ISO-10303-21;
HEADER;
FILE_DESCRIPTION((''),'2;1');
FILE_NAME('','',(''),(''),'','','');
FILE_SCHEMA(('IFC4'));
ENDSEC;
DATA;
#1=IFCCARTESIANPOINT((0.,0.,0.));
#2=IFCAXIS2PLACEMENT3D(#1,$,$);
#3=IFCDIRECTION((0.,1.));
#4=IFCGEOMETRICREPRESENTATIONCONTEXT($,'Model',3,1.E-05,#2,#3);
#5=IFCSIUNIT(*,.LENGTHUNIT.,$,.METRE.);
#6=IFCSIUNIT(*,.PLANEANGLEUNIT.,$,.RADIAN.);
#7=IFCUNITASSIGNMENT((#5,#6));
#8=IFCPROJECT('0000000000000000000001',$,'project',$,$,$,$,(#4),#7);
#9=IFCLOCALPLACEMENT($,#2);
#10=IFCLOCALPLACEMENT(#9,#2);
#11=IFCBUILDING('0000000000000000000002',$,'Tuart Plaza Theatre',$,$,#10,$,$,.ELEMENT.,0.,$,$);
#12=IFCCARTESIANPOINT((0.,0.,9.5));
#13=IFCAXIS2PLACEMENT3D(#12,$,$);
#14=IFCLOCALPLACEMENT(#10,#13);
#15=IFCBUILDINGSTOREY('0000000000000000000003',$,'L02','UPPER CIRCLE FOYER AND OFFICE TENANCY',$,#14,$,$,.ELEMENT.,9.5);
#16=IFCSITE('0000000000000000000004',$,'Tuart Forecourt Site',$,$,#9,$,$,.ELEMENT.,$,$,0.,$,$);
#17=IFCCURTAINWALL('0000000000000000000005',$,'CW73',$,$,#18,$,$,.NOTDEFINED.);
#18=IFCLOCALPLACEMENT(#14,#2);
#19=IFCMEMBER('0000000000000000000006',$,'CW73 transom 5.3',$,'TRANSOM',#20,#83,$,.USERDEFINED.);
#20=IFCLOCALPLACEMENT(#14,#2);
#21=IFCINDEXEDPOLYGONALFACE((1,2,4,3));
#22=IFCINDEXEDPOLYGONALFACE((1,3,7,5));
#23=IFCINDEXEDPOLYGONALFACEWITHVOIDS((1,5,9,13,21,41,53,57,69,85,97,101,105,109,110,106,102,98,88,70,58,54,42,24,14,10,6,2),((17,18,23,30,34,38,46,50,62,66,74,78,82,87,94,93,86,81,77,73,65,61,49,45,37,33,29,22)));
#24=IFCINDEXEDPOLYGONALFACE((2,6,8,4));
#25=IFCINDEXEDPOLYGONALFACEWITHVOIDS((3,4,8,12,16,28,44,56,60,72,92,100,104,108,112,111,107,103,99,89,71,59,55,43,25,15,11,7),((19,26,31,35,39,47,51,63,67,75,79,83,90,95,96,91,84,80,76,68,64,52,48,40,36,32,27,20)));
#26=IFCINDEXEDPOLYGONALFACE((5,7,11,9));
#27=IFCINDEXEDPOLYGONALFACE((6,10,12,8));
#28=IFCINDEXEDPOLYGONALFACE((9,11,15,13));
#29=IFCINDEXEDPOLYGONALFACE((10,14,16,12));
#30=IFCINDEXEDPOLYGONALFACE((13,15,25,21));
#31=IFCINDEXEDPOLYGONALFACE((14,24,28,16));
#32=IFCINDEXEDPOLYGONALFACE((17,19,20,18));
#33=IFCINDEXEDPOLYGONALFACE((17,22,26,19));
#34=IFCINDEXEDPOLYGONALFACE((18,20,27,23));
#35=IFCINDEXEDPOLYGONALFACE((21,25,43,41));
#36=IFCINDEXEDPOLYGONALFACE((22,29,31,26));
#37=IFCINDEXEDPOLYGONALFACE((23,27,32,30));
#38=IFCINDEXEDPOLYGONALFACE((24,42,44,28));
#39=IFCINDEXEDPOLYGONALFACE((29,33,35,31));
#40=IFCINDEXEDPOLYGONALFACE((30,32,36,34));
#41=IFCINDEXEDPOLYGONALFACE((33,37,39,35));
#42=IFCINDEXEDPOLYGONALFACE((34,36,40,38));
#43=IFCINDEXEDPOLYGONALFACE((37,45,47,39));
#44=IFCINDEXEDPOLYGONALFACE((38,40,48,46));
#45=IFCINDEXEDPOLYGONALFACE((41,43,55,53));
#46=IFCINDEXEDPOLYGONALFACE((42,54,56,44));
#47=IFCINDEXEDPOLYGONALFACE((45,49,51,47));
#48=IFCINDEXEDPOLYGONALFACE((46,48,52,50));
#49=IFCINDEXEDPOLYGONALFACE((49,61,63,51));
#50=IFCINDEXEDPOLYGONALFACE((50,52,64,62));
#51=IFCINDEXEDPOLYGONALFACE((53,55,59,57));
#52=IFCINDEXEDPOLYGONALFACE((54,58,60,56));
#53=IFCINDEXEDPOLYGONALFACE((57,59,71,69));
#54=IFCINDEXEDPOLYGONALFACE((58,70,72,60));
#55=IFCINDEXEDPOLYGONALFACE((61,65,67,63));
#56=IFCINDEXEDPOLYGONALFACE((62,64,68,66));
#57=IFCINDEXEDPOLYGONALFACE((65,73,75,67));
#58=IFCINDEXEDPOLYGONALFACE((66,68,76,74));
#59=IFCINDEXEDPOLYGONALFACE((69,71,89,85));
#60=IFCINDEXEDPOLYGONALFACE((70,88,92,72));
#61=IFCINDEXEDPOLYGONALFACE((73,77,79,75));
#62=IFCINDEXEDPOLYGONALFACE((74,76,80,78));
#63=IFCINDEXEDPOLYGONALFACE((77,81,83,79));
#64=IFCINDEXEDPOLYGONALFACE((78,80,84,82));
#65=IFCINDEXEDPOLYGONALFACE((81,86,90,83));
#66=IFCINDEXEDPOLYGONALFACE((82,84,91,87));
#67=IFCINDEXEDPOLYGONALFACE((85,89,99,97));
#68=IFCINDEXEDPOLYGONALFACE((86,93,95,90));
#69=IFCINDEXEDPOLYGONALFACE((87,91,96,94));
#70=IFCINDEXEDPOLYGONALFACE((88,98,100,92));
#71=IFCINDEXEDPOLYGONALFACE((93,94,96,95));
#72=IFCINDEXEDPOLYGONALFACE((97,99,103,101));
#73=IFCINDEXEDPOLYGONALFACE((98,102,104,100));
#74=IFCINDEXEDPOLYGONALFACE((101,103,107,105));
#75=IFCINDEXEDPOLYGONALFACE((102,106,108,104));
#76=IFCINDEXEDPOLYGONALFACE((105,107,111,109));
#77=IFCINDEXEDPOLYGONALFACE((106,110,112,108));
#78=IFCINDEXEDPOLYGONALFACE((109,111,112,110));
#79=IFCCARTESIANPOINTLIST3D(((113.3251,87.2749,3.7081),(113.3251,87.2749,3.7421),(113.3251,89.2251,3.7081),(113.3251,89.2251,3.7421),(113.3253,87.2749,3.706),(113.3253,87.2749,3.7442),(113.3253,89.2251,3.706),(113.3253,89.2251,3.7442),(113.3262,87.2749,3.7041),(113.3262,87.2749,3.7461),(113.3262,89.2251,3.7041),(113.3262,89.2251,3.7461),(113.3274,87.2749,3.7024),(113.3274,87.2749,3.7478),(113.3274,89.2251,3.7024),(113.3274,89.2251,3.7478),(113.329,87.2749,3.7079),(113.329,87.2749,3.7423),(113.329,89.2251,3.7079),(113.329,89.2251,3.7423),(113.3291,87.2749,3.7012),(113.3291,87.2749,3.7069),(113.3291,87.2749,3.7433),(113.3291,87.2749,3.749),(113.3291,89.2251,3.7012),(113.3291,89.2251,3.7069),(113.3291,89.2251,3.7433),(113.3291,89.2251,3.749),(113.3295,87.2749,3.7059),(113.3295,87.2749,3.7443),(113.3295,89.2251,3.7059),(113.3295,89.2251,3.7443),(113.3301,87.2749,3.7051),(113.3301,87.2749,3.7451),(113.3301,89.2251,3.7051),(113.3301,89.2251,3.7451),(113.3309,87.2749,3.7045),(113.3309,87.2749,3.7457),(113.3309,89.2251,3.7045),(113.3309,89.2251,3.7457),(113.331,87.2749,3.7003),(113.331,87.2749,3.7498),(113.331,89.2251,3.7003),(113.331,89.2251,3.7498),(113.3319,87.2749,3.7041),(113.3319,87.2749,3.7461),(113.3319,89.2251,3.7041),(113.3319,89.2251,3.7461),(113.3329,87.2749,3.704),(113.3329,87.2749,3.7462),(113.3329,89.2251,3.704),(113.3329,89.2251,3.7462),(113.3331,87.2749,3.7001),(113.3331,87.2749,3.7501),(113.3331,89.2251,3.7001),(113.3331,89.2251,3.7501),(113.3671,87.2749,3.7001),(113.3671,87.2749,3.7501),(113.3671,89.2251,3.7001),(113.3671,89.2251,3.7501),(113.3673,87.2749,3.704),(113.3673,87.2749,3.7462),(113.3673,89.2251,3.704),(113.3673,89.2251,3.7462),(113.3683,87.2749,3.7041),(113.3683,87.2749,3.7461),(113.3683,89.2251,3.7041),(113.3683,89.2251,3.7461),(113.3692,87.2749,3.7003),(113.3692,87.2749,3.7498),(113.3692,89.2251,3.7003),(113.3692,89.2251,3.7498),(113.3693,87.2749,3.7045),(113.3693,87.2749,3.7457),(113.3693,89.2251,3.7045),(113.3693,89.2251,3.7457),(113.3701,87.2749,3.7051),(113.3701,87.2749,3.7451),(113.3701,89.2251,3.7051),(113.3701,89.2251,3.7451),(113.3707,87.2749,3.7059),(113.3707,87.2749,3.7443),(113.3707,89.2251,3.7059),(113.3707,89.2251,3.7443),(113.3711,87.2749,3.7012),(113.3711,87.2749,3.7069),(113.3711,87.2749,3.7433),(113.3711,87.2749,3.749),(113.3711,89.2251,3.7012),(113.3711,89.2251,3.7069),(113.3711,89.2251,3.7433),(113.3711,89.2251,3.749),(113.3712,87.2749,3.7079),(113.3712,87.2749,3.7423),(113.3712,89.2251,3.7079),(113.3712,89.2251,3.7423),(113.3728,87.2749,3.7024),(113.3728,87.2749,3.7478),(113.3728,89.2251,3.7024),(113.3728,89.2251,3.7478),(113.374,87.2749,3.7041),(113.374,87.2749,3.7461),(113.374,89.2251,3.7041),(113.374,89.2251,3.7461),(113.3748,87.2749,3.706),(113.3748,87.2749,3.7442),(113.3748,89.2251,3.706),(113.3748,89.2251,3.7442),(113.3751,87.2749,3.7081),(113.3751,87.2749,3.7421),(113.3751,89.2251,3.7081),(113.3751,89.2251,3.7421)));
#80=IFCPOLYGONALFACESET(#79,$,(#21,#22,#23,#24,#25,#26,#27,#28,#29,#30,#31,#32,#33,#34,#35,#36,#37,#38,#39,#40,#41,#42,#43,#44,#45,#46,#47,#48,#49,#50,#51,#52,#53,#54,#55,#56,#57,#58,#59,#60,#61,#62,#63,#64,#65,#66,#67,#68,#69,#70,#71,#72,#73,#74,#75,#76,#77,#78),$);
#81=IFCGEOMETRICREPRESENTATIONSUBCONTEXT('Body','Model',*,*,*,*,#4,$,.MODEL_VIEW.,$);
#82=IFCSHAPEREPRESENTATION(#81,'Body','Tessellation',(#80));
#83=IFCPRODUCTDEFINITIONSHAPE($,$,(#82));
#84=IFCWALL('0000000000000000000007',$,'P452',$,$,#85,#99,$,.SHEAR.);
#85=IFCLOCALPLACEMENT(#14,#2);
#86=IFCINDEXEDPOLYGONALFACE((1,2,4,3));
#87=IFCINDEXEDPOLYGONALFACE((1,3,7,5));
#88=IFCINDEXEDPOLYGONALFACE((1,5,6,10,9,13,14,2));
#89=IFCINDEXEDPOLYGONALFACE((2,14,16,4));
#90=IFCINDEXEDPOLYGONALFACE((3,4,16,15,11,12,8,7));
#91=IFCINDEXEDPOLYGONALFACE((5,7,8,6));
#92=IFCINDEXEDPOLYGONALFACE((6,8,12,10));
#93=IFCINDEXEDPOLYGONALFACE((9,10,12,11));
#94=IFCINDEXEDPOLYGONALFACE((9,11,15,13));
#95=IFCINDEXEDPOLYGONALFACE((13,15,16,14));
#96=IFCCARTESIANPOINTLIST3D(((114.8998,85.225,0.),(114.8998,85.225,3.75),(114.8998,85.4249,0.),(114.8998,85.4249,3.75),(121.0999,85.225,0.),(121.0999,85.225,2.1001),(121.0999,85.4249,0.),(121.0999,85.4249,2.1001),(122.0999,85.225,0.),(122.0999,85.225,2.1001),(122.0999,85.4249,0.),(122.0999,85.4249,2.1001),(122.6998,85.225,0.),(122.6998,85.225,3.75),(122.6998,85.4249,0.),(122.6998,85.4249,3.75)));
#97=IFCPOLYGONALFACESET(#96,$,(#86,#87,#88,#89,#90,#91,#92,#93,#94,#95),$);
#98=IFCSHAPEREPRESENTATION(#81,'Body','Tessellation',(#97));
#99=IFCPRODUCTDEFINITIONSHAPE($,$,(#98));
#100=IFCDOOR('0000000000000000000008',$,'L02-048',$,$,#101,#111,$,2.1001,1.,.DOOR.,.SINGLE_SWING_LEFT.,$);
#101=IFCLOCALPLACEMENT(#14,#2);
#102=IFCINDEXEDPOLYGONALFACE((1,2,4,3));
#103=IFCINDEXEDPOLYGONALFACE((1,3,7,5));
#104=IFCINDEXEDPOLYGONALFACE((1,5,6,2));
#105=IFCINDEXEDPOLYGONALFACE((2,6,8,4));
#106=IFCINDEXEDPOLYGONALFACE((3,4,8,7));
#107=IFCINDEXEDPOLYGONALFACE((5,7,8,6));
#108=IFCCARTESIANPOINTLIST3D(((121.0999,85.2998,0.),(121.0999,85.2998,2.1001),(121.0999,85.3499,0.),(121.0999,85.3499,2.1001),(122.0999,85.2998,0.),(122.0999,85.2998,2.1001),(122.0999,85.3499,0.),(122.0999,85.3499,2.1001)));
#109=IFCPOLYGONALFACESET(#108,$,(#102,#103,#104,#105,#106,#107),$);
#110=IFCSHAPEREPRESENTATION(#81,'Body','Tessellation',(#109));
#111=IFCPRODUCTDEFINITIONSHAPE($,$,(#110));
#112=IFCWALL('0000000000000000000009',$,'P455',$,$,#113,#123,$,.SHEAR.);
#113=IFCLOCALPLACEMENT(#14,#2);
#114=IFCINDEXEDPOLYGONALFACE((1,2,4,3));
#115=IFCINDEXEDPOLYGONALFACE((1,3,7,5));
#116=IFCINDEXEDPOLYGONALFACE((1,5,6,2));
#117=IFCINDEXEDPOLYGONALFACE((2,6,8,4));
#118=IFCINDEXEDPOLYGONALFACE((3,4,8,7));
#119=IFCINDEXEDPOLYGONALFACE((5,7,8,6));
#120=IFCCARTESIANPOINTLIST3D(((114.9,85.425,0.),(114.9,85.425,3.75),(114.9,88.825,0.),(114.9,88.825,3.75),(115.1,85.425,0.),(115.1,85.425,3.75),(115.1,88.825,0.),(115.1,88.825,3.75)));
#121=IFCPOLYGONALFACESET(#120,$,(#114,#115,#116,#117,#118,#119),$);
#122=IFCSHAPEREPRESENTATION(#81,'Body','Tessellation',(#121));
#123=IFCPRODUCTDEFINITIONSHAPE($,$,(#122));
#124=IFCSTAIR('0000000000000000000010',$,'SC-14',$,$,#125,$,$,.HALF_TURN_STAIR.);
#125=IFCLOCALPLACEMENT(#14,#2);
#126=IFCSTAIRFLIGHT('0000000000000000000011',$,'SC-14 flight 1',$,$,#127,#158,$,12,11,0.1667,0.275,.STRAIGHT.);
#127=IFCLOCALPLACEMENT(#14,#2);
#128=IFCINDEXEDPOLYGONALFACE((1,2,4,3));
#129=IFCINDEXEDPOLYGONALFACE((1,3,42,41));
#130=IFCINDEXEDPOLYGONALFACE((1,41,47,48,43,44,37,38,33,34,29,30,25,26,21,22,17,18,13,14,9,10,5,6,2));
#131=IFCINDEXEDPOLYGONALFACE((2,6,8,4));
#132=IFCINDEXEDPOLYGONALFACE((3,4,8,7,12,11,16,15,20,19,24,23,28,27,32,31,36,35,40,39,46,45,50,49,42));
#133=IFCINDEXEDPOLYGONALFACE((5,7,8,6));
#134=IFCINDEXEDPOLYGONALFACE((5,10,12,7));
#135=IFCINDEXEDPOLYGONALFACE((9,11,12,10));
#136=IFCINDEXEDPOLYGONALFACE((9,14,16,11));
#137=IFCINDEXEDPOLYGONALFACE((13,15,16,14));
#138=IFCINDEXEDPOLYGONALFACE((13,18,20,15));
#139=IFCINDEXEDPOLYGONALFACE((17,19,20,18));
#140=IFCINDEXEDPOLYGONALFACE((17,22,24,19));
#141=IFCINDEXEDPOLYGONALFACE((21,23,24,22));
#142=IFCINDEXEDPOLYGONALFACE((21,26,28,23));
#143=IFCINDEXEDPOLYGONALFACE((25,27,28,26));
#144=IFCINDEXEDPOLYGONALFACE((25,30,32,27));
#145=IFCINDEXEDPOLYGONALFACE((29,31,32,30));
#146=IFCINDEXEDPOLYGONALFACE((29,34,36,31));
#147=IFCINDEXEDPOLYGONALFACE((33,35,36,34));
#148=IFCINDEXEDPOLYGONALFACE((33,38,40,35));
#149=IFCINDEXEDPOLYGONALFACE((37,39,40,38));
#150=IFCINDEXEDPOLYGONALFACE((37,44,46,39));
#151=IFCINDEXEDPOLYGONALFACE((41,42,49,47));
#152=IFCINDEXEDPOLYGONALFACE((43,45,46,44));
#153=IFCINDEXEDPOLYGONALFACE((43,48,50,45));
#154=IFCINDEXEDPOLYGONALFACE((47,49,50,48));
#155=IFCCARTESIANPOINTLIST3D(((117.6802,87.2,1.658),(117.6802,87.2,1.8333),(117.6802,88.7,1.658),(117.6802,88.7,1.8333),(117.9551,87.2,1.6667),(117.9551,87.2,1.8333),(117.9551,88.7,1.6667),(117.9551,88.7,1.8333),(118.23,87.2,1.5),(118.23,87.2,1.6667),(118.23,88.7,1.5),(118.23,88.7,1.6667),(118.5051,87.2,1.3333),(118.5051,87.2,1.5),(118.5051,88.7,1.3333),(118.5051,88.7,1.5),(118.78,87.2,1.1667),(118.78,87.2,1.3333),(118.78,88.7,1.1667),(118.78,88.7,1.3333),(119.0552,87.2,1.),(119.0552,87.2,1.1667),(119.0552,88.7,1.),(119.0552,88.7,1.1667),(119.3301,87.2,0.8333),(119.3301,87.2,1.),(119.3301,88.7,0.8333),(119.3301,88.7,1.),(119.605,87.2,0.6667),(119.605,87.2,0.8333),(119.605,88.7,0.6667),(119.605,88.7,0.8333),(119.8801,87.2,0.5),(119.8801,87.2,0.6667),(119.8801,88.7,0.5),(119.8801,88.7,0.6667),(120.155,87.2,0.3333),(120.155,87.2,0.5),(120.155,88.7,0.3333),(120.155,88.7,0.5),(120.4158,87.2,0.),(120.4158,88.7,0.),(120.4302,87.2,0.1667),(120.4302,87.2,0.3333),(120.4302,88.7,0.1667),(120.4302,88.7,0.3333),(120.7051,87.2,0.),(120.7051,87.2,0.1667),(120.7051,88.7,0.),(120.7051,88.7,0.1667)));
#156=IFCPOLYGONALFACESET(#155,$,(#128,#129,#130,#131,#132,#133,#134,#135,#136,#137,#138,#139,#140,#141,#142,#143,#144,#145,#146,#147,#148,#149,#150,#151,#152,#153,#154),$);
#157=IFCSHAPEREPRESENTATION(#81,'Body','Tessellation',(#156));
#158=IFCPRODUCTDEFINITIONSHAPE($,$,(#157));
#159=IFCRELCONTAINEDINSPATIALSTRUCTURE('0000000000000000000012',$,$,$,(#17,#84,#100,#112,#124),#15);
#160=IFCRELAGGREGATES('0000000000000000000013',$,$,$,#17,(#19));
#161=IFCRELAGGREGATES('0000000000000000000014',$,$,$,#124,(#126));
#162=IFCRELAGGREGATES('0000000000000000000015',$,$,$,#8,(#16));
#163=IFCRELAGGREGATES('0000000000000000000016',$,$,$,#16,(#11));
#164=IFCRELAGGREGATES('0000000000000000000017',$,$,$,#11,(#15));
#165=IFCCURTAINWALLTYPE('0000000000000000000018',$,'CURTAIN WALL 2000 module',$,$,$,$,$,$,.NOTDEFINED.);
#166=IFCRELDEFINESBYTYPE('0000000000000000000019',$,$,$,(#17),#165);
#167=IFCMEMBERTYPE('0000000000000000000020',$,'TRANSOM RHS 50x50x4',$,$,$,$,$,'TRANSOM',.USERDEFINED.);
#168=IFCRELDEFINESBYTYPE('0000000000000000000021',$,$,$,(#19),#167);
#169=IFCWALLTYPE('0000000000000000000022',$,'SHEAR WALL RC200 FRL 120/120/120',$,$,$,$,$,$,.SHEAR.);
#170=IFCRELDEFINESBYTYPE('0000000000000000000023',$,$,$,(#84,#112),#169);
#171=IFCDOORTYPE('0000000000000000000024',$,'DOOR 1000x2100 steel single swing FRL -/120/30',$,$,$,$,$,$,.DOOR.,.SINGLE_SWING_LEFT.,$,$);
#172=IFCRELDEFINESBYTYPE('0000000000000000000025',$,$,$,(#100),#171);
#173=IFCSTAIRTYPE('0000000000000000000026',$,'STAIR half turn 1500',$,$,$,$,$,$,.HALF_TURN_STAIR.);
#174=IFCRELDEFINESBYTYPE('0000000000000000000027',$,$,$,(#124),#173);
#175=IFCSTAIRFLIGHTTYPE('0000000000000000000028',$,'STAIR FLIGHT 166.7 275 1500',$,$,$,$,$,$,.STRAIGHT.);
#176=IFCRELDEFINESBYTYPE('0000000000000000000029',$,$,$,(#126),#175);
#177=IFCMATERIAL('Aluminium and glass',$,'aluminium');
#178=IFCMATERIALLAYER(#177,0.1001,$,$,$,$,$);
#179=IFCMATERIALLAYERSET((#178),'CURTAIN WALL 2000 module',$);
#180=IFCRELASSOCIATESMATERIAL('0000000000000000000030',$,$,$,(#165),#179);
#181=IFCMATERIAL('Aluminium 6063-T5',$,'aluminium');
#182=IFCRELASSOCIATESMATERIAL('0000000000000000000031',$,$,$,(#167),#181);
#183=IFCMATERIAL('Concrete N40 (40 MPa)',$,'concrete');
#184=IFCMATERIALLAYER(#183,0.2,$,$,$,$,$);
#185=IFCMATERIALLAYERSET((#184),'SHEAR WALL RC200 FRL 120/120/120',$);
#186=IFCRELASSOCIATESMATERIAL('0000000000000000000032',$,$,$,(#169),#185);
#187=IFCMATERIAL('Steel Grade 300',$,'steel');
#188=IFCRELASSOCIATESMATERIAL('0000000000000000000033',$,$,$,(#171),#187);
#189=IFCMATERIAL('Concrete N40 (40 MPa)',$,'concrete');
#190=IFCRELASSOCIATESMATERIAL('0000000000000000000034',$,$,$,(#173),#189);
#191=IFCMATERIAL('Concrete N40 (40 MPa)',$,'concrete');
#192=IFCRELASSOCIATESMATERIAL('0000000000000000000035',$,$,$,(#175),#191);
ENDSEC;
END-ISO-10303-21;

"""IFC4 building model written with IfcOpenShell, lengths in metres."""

from ifc_helpers import new_model, si_unit, direction, frame, frame_2d, origin, origin_2d, place, context, subcontext, project, spatial, polyline, rectangle, hollow_rectangle, outline, extrude, material, layer, layer_set, material_profile, profile_set, type_object, element, fill, aggregate, save


model = new_model("IFC4")

# Units and contexts
model_context = context("Model", 3, precision=1e-05, world=origin(), true_north=direction((0.0, 1.0)))
body_context = subcontext(model_context, "Body", "Model", "MODEL_VIEW")
ifc_project = project(units=[si_unit("LENGTHUNIT", "METRE"), si_unit("PLANEANGLEUNIT", "RADIAN")], contexts=[model_context])

# Site, building, storey
site_placement = place(None, origin())
site = spatial("IfcSite", under=ifc_project, at=site_placement, Name="Tuart Forecourt Site", CompositionType="ELEMENT", RefElevation=0.0)
building_placement = place(site_placement, origin())
building = spatial("IfcBuilding", under=site, at=building_placement, Name="Tuart Plaza Theatre", CompositionType="ELEMENT", ElevationOfRefHeight=0.0)
storey_placement = place(building_placement, frame((0.0, 0.0, 9.5)))
storey = spatial("IfcBuildingStorey", under=building, at=storey_placement, Name="L02", Description="UPPER CIRCLE FOYER AND OFFICE TENANCY", CompositionType="ELEMENT", Elevation=9.5)

# Curtain wall, member
ifc_material_1 = material(Name="Aluminium and glass", Category="aluminium")
ifc_layer_1 = layer(ifc_material_1, 0.1001)
ifc_layer_set_1 = layer_set([ifc_layer_1], Name="CURTAIN WALL 2000 module")
curtain_wall_type = type_object("IfcCurtainWallType", Name="CURTAIN WALL 2000 module", PredefinedType="NOTDEFINED", material=ifc_layer_set_1)
curtain_wall_placement = place(storey_placement, origin())
curtain_wall = element("IfcCurtainWall", 1, at=curtain_wall_placement, inside=storey, type_object=curtain_wall_type, Name="CW73", PredefinedType="NOTDEFINED")
ifc_material_2 = material(Name="Aluminium 6063-T5", Category="aluminium")
ifc_material_profile_1 = material_profile(ifc_material_2, hollow_rectangle(XDim=0.05, YDim=0.05, WallThickness=0.0039, InnerFilletRadius=0.0039, OuterFilletRadius=0.0081, at=origin_2d()), Name="RHS 50x50x4")
ifc_profile_set_1 = profile_set([ifc_material_profile_1], Name="Aluminium 6063-T5")
member_type_1 = type_object("IfcMemberType", Name="TRANSOM RHS 50x50x4", ElementType="TRANSOM", PredefinedType="USERDEFINED", material=ifc_profile_set_1)
member_1_placement = place(storey_placement, frame((113.3501, 89.2251, 3.7251), z_axis=(0.0, -1.0, 0.0), x_axis=(1.0, 0.0, 0.0)))
member_1 = element("IfcMember", 2, at=member_1_placement, type_object=member_type_1, Name="CW73 transom 5.3", ObjectType="TRANSOM", PredefinedType="USERDEFINED", context=body_context, shape_type="SweptSolid", body=[
    extrude(hollow_rectangle(XDim=0.05, YDim=0.05, WallThickness=0.0039, InnerFilletRadius=0.0039, OuterFilletRadius=0.0081, at=origin_2d()), origin(), (0.0, 0.0, 1.0), 1.9502),
])
aggregate(curtain_wall, [member_1])

# Wall, opening, door
ifc_material_3 = material(Name="Concrete N40 (40 MPa)", Category="concrete")
ifc_layer_2 = layer(ifc_material_3, 0.2)
ifc_layer_set_2 = layer_set([ifc_layer_2], Name="SHEAR WALL RC200 FRL 120/120/120")
wall_type = type_object("IfcWallType", Name="SHEAR WALL RC200 FRL 120/120/120", PredefinedType="SHEAR", material=ifc_layer_set_2)
wall_1_placement = place(storey_placement, frame((114.8999, 85.325, 0.0), z_axis=(0.0, 0.0, 1.0), x_axis=(1.0, 0.0, 0.0)))
wall_1 = element("IfcWall", 3, at=wall_1_placement, inside=storey, type_object=wall_type, Name="P452", PredefinedType="SHEAR", context=body_context, shape_type="SweptSolid", body=[
    extrude(rectangle(XDim=7.8, YDim=0.2, at=frame_2d((3.8999, 0.0))), origin(), (0.0, 0.0, 1.0), 3.75),
])
opening_placement = place(wall_1_placement, frame((6.2, 0.0, 0.0)))
opening = element("IfcOpeningElement", 4, at=opening_placement, cuts=wall_1, PredefinedType="OPENING", context=body_context, shape_type="SweptSolid", body=[
    extrude(rectangle(XDim=1.0, YDim=2.1001, at=frame_2d((0.5, 1.05))), frame((0.0, 0.1099, 0.0), z_axis=(0.0, -1.0, 0.0), x_axis=(1.0, 0.0, 0.0)), (0.0, 0.0, 1.0), 0.22),
])
ifc_material_4 = material(Name="Steel Grade 300", Category="steel")
door_type = type_object("IfcDoorType", Name="DOOR 1000x2100 steel single swing FRL -/120/30", OperationType="SINGLE_SWING_LEFT", PredefinedType="DOOR", material=ifc_material_4)
door_placement = place(opening_placement, origin())
door = element("IfcDoor", 5, at=door_placement, inside=storey, type_object=door_type, Name="L02-048", OperationType="SINGLE_SWING_LEFT", OverallHeight=2.1001, OverallWidth=1.0, PredefinedType="DOOR", context=body_context, shape_type="SweptSolid", body=[
    extrude(rectangle(XDim=1.0, YDim=2.1001, at=frame_2d((0.5, 1.05))), frame((0.0, 0.0249, 0.0), z_axis=(0.0, -1.0, 0.0), x_axis=(1.0, 0.0, 0.0)), (0.0, 0.0, 1.0), 0.05),
])
fill(opening, door)

# Wall
wall_2_placement = place(storey_placement, frame((115.0, 88.825, 0.0), z_axis=(0.0, 0.0, 1.0), x_axis=(0.0, -1.0, 0.0)))
element("IfcWall", 6, at=wall_2_placement, inside=storey, type_object=wall_type, Name="P455", PredefinedType="SHEAR", context=body_context, shape_type="SweptSolid", body=[
    extrude(rectangle(XDim=3.3999, YDim=0.2, at=frame_2d((1.7, 0.0))), origin(), (0.0, 0.0, 1.0), 3.75),
])

# Stair, stair flight
ifc_material_5 = material(Name="Concrete N40 (40 MPa)", Category="concrete")
stair_type = type_object("IfcStairType", Name="STAIR half turn 1500", PredefinedType="HALF_TURN_STAIR", material=ifc_material_5)
stair_placement = place(storey_placement, origin())
stair = element("IfcStair", 7, at=stair_placement, inside=storey, type_object=stair_type, Name="SC-14", PredefinedType="HALF_TURN_STAIR")
ifc_material_6 = material(Name="Concrete N40 (40 MPa)", Category="concrete")
stair_flight_type = type_object("IfcStairFlightType", Name="STAIR FLIGHT 166.7 275 1500", PredefinedType="STRAIGHT", material=ifc_material_6)
stair_flight_1_placement = place(storey_placement, frame((120.7051, 87.95, 0.0), z_axis=(0.0, 0.0, 1.0), x_axis=(-1.0, 0.0, 0.0)))
stair_flight_1 = element("IfcStairFlight", 8, at=stair_flight_1_placement, type_object=stair_flight_type, Name="SC-14 flight 1", NumberOfRisers=12, NumberOfTreads=11, PredefinedType="STRAIGHT", RiserHeight=0.1667, TreadLength=0.275, context=body_context, shape_type="SweptSolid", body=[
    extrude(outline(polyline([(0.0, 0.0), (0.0, 0.1667), (0.2749, 0.1667), (0.2749, 0.3333), (0.55, 0.3333), (0.55, 0.5), (0.825, 0.5), (0.825, 0.6667), (1.1001, 0.6667), (1.1001, 0.8333), (1.375, 0.8333), (1.375, 1.0), (1.6499, 1.0), (1.6499, 1.1667), (1.925, 1.1667), (1.925, 1.3333), (2.2, 1.3333), (2.2, 1.5), (2.4751, 1.5), (2.4751, 1.6667), (2.75, 1.6667), (2.75, 1.8333), (3.0249, 1.8333), (3.0249, 2.0), (3.0249, 1.658), (0.2893, 0.0), (0.0, 0.0)])), frame((0.0, 0.75, 0.0), z_axis=(0.0, -1.0, 0.0), x_axis=(1.0, 0.0, 0.0)), (0.0, 0.0, 1.0), 1.5),
])
aggregate(stair, [stair_flight_1])

save(model, "model.ifc")
